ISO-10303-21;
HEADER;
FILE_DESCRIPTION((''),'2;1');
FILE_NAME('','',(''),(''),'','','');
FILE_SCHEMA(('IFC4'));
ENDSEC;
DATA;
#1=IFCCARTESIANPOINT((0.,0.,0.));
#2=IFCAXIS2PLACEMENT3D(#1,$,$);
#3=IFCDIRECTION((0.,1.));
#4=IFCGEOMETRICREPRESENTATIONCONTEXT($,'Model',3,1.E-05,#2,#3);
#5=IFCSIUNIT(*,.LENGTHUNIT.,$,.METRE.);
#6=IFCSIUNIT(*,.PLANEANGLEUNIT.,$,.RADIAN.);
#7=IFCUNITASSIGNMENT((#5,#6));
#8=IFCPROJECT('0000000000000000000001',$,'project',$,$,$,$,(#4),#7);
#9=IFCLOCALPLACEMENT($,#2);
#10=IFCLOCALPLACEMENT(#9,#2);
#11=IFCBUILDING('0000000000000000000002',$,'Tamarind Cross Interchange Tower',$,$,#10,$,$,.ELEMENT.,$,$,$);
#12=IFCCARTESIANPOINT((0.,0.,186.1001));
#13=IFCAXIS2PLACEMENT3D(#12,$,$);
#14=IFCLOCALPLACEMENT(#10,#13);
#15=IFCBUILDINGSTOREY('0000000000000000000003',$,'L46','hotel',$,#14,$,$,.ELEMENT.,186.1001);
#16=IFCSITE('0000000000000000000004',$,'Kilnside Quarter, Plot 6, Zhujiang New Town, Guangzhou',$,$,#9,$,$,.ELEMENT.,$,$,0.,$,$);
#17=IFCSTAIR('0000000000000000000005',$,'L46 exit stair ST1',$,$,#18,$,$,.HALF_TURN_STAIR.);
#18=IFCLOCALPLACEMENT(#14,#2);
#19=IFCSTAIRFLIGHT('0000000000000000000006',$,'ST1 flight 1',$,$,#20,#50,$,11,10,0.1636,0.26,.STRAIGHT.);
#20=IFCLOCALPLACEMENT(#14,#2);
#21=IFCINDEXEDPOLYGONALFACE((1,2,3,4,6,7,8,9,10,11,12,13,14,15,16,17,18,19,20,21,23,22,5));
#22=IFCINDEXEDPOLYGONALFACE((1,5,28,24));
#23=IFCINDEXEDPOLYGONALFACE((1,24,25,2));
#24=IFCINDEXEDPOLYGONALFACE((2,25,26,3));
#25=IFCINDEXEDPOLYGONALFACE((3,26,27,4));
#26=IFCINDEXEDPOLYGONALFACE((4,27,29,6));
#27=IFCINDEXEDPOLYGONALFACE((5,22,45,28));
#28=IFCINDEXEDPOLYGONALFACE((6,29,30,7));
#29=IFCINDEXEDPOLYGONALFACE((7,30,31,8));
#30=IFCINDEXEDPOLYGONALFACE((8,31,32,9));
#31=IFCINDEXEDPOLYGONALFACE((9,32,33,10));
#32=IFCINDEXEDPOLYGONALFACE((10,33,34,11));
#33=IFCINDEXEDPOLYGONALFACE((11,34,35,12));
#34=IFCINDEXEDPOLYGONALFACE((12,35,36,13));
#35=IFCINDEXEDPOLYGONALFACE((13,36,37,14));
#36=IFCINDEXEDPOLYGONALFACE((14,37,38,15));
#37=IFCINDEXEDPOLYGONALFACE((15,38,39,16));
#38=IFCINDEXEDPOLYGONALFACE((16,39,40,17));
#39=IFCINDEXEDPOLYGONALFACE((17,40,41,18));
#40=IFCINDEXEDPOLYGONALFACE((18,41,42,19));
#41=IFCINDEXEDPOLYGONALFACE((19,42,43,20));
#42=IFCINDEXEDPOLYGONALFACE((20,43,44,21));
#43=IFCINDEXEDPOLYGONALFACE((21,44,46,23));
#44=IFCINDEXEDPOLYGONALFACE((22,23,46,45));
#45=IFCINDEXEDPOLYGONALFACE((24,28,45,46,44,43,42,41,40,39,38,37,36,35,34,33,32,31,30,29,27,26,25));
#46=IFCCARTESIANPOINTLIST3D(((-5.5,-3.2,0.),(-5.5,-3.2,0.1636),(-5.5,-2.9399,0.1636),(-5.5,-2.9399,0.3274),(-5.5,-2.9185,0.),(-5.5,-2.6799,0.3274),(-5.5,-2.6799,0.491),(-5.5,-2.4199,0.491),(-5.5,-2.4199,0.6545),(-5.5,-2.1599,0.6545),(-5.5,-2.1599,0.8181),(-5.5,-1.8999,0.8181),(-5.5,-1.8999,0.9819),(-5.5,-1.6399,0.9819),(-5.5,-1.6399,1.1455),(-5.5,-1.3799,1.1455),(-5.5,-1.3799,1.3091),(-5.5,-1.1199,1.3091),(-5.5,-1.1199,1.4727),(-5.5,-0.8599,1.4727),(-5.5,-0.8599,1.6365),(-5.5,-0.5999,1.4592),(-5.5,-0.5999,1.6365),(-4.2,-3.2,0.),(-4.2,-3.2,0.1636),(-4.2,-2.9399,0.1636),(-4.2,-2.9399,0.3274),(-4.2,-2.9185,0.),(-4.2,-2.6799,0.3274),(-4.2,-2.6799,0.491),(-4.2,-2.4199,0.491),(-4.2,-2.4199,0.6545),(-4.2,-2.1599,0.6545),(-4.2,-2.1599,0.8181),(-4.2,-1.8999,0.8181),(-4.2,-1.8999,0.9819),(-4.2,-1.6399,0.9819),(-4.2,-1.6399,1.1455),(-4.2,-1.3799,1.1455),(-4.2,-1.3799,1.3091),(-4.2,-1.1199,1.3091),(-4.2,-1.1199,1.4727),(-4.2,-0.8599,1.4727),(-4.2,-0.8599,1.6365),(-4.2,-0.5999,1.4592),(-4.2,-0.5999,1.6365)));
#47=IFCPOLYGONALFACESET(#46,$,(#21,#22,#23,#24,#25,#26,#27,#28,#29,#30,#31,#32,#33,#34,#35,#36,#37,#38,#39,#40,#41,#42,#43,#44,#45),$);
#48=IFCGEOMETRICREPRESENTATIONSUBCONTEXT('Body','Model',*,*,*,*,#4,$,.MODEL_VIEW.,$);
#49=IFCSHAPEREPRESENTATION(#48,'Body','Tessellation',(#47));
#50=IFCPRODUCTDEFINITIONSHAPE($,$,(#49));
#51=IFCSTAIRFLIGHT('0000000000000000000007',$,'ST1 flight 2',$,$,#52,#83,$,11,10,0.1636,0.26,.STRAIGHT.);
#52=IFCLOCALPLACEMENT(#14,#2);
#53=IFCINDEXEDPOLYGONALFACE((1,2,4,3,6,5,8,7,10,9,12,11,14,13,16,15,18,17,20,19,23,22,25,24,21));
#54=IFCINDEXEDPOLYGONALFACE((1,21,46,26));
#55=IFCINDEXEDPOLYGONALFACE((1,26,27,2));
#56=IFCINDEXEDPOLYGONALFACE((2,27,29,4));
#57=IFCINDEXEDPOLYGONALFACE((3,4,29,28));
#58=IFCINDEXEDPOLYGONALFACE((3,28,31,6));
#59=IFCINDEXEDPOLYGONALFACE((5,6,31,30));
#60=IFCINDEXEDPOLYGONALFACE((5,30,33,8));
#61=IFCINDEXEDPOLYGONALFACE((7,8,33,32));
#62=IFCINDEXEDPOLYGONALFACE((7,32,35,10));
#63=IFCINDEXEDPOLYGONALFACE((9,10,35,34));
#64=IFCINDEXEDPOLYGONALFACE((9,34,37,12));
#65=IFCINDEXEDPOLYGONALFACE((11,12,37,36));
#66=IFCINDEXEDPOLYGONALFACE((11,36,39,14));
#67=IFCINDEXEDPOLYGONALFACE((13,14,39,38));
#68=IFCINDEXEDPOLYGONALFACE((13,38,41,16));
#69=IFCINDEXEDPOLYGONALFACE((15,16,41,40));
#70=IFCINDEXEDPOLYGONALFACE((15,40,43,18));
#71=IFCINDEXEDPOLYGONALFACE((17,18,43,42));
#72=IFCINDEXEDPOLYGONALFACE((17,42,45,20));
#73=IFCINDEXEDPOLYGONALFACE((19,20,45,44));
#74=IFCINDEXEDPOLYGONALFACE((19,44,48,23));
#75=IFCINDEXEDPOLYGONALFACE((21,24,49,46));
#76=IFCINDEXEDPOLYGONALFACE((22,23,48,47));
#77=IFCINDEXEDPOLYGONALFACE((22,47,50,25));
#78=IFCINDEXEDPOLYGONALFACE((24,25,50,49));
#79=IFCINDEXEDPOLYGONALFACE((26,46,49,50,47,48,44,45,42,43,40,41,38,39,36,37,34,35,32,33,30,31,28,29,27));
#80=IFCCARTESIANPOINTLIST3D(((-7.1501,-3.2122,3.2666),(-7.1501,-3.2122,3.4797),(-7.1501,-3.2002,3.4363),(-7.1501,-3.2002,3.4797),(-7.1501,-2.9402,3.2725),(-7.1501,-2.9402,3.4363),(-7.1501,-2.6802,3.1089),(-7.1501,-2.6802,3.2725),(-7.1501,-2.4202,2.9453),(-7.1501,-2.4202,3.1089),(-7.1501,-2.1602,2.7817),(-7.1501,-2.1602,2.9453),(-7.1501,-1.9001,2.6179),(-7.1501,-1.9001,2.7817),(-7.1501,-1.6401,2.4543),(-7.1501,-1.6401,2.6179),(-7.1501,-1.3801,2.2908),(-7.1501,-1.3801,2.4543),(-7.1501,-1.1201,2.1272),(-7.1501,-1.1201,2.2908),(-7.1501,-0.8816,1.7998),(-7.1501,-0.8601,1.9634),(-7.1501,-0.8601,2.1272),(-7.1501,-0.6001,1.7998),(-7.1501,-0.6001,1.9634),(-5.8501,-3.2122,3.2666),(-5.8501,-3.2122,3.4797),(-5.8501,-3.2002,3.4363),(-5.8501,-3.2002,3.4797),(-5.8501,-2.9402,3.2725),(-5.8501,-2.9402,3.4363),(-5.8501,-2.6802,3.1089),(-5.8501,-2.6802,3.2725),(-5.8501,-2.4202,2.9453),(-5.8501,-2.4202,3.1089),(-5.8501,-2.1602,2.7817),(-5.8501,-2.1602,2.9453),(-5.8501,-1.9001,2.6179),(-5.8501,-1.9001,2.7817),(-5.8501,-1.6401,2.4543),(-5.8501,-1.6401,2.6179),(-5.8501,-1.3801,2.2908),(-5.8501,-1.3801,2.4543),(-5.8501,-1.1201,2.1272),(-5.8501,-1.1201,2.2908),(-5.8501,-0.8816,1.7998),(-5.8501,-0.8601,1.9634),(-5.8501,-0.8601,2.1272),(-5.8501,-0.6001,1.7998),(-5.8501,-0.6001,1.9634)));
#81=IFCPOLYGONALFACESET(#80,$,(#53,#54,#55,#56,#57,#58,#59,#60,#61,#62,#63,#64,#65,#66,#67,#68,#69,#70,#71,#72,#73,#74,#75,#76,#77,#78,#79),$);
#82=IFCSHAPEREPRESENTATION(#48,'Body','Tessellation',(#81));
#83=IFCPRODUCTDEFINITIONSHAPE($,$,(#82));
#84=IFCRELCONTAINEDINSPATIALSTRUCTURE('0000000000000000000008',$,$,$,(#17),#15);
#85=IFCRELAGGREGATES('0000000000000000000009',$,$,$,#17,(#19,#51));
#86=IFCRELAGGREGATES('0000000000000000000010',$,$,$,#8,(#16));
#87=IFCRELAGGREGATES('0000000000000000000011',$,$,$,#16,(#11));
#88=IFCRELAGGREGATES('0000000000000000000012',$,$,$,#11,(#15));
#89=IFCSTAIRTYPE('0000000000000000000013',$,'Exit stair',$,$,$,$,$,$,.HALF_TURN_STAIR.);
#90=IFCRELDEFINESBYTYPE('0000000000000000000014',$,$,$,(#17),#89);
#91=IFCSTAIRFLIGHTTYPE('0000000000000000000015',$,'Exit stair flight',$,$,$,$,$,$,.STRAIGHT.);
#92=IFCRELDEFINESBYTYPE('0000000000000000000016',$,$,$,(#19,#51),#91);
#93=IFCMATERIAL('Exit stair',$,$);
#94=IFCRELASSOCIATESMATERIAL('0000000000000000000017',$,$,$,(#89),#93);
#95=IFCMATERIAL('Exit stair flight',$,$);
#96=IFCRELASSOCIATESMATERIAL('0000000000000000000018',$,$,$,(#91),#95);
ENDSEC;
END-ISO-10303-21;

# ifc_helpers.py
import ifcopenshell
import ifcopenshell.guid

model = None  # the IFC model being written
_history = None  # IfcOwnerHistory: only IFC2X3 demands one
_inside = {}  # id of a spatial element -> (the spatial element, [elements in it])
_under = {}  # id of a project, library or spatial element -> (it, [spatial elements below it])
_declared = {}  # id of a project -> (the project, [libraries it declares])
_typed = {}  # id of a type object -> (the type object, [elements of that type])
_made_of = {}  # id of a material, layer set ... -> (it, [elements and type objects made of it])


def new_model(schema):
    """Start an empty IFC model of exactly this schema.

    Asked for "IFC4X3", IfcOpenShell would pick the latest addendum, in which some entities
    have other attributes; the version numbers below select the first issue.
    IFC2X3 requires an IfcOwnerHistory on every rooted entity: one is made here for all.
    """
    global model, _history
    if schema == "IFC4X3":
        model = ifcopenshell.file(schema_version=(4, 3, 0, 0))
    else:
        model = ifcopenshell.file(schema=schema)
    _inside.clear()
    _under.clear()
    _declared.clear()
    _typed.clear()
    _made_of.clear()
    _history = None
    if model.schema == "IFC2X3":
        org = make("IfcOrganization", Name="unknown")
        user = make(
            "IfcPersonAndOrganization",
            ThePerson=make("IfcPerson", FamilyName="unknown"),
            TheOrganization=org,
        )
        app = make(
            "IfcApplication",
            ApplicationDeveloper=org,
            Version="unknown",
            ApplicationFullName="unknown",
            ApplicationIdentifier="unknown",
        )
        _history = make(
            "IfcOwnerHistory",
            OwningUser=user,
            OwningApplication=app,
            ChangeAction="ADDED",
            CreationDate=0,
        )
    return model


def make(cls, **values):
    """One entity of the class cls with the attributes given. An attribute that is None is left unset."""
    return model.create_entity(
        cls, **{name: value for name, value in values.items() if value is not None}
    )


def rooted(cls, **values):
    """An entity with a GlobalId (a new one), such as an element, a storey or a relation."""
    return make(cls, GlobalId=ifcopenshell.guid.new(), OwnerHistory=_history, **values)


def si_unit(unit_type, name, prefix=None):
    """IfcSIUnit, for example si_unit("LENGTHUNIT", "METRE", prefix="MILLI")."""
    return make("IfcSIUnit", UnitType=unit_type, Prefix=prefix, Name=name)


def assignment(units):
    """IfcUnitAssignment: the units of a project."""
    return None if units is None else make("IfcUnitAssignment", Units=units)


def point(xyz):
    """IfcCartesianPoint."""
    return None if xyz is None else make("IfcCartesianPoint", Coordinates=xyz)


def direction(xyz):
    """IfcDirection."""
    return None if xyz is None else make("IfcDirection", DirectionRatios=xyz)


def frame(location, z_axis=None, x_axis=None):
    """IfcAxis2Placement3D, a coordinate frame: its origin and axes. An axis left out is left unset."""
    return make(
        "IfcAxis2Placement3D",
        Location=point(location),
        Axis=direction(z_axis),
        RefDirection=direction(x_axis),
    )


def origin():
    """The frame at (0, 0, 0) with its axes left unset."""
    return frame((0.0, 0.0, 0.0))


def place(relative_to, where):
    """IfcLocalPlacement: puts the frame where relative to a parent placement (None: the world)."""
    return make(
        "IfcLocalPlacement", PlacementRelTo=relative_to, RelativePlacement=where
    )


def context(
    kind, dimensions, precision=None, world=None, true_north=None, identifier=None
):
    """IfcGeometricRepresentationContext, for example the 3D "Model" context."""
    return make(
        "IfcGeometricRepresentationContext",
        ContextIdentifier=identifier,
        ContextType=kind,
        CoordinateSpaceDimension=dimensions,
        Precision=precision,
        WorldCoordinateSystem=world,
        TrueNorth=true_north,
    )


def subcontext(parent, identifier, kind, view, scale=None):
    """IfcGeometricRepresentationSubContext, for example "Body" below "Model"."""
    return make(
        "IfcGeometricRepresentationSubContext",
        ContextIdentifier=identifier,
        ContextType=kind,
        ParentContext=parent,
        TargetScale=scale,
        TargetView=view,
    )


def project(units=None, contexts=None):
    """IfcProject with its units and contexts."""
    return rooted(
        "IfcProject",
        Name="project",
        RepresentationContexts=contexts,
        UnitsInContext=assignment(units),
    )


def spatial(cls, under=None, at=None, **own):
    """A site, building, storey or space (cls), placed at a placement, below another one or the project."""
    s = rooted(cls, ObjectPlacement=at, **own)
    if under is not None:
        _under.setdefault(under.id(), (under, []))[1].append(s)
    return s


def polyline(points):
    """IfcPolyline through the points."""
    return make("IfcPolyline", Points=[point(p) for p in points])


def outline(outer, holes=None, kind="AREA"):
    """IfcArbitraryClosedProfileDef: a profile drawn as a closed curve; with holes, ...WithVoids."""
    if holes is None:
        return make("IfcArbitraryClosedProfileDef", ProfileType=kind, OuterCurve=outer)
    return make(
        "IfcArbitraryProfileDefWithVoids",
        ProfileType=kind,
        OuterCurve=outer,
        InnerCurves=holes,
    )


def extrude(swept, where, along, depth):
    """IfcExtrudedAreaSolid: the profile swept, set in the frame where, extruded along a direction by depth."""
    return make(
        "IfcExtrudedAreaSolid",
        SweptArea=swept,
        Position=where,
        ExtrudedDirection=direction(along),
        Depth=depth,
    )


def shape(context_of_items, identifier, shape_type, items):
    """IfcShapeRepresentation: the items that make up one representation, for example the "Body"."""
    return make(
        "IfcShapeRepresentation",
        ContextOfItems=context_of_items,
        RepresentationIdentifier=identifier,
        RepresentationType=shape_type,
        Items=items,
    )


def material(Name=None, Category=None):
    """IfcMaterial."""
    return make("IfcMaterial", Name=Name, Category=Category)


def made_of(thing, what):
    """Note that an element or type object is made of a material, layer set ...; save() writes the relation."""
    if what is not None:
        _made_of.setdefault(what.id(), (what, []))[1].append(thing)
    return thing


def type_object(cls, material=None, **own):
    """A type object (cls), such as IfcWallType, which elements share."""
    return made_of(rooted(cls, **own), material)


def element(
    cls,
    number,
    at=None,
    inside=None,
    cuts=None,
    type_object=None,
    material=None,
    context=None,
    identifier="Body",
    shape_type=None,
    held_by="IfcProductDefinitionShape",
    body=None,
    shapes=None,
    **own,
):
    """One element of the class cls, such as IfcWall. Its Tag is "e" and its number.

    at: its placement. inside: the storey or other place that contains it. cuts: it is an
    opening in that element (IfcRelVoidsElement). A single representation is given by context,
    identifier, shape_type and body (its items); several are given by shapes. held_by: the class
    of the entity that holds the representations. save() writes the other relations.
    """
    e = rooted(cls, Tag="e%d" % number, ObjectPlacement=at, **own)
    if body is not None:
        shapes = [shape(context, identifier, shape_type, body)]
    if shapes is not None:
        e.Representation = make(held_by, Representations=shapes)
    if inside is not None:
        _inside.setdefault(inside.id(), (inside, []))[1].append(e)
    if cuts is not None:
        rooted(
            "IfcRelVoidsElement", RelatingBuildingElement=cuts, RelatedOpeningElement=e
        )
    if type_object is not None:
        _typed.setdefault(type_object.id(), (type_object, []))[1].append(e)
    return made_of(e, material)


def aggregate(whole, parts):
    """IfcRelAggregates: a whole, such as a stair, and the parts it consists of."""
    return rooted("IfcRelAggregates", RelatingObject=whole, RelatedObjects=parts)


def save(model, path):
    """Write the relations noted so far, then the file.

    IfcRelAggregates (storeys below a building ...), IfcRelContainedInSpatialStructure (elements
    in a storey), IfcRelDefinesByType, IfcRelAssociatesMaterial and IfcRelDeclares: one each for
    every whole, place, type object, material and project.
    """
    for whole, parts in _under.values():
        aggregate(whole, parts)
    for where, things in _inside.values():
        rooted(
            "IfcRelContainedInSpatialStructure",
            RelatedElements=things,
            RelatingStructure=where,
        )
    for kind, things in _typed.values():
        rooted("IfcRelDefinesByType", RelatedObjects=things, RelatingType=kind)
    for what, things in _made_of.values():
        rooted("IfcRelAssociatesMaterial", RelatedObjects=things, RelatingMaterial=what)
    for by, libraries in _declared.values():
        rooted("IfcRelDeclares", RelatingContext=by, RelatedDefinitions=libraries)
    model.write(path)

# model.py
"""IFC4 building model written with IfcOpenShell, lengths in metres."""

from ifc_helpers import new_model, si_unit, direction, frame, origin, place, context, subcontext, project, spatial, polyline, outline, extrude, material, type_object, element, aggregate, save


model = new_model("IFC4")

# Units and contexts
model_context = context("Model", 3, precision=1e-05, world=origin(), true_north=direction((0.0, 1.0)))
body_context = subcontext(model_context, "Body", "Model", "MODEL_VIEW")
ifc_project = project(units=[si_unit("LENGTHUNIT", "METRE"), si_unit("PLANEANGLEUNIT", "RADIAN")], contexts=[model_context])

# Site, building, storey
site_placement = place(None, origin())
site = spatial("IfcSite", under=ifc_project, at=site_placement, Name="Kilnside Quarter, Plot 6, Zhujiang New Town, Guangzhou", CompositionType="ELEMENT", RefElevation=0.0)
building_placement = place(site_placement, origin())
building = spatial("IfcBuilding", under=site, at=building_placement, Name="Tamarind Cross Interchange Tower", CompositionType="ELEMENT")
storey_placement = place(building_placement, frame((0.0, 0.0, 186.1001)))
storey = spatial("IfcBuildingStorey", under=building, at=storey_placement, Name="L46", Description="hotel", CompositionType="ELEMENT", Elevation=186.1001)

# Stair, stair flights
ifc_material_1 = material(Name="Exit stair")
stair_type = type_object("IfcStairType", Name="Exit stair", PredefinedType="HALF_TURN_STAIR", material=ifc_material_1)
stair_placement = place(storey_placement, origin())
stair = element("IfcStair", 1, at=stair_placement, inside=storey, type_object=stair_type, Name="L46 exit stair ST1", PredefinedType="HALF_TURN_STAIR")
ifc_material_2 = material(Name="Exit stair flight")
stair_flight_type = type_object("IfcStairFlightType", Name="Exit stair flight", PredefinedType="STRAIGHT", material=ifc_material_2)
stair_flight_1_placement = place(storey_placement, frame((-4.8501, -3.2, 0.0), z_axis=(0.0, 0.0, 1.0), x_axis=(0.0, 1.0, 0.0)))
stair_flight_1 = element("IfcStairFlight", 2, at=stair_flight_1_placement, type_object=stair_flight_type, Name="ST1 flight 1", NumberOfRisers=11, NumberOfTreads=10, PredefinedType="STRAIGHT", RiserHeight=0.1636, TreadLength=0.26, context=body_context, shape_type="SweptSolid", body=[
    extrude(outline(polyline([(0.0, 0.0), (0.0, 0.1636), (0.26, 0.1636), (0.26, 0.3274), (0.52, 0.3274), (0.52, 0.491), (0.78, 0.491), (0.78, 0.6545), (1.04, 0.6545), (1.04, 0.8181), (1.3, 0.8181), (1.3, 0.9819), (1.5601, 0.9819), (1.5601, 1.1455), (1.8201, 1.1455), (1.8201, 1.3091), (2.0801, 1.3091), (2.0801, 1.4727), (2.3401, 1.4727), (2.3401, 1.6365), (2.6001, 1.6365), (2.6001, 1.8), (2.6001, 1.4592), (0.2815, 0.0), (0.0, 0.0)])), frame((0.0, 0.6499, 0.0), z_axis=(0.0, -1.0, 0.0), x_axis=(1.0, 0.0, 0.0)), (0.0, 0.0, 1.0), 1.3),
])
stair_flight_2_placement = place(storey_placement, frame((-6.5, -0.6001, 1.7998), z_axis=(0.0, 0.0, 1.0), x_axis=(0.0, -1.0, 0.0)))
stair_flight_2 = element("IfcStairFlight", 3, at=stair_flight_2_placement, type_object=stair_flight_type, Name="ST1 flight 2", NumberOfRisers=11, NumberOfTreads=10, PredefinedType="STRAIGHT", RiserHeight=0.1636, TreadLength=0.26, context=body_context, shape_type="SweptSolid", body=[
    extrude(outline(polyline([(0.0, 0.0), (0.0, 0.1636), (0.26, 0.1636), (0.26, 0.3274), (0.52, 0.3274), (0.52, 0.491), (0.78, 0.491), (0.78, 0.6545), (1.04, 0.6545), (1.04, 0.8181), (1.3, 0.8181), (1.3, 0.9819), (1.5601, 0.9819), (1.5601, 1.1455), (1.8201, 1.1455), (1.8201, 1.3091), (2.0801, 1.3091), (2.0801, 1.4727), (2.3401, 1.4727), (2.3401, 1.6365), (2.6001, 1.6365), (2.6001, 1.6799), (2.6121, 1.6799), (2.6121, 1.4668), (0.2815, 0.0), (0.0, 0.0)])), frame((0.0, 0.6499, 0.0), z_axis=(0.0, -1.0, 0.0), x_axis=(1.0, 0.0, 0.0)), (0.0, 0.0, 1.0), 1.3),
])
aggregate(stair, [stair_flight_1, stair_flight_2])

save(model, "model.ifc")
